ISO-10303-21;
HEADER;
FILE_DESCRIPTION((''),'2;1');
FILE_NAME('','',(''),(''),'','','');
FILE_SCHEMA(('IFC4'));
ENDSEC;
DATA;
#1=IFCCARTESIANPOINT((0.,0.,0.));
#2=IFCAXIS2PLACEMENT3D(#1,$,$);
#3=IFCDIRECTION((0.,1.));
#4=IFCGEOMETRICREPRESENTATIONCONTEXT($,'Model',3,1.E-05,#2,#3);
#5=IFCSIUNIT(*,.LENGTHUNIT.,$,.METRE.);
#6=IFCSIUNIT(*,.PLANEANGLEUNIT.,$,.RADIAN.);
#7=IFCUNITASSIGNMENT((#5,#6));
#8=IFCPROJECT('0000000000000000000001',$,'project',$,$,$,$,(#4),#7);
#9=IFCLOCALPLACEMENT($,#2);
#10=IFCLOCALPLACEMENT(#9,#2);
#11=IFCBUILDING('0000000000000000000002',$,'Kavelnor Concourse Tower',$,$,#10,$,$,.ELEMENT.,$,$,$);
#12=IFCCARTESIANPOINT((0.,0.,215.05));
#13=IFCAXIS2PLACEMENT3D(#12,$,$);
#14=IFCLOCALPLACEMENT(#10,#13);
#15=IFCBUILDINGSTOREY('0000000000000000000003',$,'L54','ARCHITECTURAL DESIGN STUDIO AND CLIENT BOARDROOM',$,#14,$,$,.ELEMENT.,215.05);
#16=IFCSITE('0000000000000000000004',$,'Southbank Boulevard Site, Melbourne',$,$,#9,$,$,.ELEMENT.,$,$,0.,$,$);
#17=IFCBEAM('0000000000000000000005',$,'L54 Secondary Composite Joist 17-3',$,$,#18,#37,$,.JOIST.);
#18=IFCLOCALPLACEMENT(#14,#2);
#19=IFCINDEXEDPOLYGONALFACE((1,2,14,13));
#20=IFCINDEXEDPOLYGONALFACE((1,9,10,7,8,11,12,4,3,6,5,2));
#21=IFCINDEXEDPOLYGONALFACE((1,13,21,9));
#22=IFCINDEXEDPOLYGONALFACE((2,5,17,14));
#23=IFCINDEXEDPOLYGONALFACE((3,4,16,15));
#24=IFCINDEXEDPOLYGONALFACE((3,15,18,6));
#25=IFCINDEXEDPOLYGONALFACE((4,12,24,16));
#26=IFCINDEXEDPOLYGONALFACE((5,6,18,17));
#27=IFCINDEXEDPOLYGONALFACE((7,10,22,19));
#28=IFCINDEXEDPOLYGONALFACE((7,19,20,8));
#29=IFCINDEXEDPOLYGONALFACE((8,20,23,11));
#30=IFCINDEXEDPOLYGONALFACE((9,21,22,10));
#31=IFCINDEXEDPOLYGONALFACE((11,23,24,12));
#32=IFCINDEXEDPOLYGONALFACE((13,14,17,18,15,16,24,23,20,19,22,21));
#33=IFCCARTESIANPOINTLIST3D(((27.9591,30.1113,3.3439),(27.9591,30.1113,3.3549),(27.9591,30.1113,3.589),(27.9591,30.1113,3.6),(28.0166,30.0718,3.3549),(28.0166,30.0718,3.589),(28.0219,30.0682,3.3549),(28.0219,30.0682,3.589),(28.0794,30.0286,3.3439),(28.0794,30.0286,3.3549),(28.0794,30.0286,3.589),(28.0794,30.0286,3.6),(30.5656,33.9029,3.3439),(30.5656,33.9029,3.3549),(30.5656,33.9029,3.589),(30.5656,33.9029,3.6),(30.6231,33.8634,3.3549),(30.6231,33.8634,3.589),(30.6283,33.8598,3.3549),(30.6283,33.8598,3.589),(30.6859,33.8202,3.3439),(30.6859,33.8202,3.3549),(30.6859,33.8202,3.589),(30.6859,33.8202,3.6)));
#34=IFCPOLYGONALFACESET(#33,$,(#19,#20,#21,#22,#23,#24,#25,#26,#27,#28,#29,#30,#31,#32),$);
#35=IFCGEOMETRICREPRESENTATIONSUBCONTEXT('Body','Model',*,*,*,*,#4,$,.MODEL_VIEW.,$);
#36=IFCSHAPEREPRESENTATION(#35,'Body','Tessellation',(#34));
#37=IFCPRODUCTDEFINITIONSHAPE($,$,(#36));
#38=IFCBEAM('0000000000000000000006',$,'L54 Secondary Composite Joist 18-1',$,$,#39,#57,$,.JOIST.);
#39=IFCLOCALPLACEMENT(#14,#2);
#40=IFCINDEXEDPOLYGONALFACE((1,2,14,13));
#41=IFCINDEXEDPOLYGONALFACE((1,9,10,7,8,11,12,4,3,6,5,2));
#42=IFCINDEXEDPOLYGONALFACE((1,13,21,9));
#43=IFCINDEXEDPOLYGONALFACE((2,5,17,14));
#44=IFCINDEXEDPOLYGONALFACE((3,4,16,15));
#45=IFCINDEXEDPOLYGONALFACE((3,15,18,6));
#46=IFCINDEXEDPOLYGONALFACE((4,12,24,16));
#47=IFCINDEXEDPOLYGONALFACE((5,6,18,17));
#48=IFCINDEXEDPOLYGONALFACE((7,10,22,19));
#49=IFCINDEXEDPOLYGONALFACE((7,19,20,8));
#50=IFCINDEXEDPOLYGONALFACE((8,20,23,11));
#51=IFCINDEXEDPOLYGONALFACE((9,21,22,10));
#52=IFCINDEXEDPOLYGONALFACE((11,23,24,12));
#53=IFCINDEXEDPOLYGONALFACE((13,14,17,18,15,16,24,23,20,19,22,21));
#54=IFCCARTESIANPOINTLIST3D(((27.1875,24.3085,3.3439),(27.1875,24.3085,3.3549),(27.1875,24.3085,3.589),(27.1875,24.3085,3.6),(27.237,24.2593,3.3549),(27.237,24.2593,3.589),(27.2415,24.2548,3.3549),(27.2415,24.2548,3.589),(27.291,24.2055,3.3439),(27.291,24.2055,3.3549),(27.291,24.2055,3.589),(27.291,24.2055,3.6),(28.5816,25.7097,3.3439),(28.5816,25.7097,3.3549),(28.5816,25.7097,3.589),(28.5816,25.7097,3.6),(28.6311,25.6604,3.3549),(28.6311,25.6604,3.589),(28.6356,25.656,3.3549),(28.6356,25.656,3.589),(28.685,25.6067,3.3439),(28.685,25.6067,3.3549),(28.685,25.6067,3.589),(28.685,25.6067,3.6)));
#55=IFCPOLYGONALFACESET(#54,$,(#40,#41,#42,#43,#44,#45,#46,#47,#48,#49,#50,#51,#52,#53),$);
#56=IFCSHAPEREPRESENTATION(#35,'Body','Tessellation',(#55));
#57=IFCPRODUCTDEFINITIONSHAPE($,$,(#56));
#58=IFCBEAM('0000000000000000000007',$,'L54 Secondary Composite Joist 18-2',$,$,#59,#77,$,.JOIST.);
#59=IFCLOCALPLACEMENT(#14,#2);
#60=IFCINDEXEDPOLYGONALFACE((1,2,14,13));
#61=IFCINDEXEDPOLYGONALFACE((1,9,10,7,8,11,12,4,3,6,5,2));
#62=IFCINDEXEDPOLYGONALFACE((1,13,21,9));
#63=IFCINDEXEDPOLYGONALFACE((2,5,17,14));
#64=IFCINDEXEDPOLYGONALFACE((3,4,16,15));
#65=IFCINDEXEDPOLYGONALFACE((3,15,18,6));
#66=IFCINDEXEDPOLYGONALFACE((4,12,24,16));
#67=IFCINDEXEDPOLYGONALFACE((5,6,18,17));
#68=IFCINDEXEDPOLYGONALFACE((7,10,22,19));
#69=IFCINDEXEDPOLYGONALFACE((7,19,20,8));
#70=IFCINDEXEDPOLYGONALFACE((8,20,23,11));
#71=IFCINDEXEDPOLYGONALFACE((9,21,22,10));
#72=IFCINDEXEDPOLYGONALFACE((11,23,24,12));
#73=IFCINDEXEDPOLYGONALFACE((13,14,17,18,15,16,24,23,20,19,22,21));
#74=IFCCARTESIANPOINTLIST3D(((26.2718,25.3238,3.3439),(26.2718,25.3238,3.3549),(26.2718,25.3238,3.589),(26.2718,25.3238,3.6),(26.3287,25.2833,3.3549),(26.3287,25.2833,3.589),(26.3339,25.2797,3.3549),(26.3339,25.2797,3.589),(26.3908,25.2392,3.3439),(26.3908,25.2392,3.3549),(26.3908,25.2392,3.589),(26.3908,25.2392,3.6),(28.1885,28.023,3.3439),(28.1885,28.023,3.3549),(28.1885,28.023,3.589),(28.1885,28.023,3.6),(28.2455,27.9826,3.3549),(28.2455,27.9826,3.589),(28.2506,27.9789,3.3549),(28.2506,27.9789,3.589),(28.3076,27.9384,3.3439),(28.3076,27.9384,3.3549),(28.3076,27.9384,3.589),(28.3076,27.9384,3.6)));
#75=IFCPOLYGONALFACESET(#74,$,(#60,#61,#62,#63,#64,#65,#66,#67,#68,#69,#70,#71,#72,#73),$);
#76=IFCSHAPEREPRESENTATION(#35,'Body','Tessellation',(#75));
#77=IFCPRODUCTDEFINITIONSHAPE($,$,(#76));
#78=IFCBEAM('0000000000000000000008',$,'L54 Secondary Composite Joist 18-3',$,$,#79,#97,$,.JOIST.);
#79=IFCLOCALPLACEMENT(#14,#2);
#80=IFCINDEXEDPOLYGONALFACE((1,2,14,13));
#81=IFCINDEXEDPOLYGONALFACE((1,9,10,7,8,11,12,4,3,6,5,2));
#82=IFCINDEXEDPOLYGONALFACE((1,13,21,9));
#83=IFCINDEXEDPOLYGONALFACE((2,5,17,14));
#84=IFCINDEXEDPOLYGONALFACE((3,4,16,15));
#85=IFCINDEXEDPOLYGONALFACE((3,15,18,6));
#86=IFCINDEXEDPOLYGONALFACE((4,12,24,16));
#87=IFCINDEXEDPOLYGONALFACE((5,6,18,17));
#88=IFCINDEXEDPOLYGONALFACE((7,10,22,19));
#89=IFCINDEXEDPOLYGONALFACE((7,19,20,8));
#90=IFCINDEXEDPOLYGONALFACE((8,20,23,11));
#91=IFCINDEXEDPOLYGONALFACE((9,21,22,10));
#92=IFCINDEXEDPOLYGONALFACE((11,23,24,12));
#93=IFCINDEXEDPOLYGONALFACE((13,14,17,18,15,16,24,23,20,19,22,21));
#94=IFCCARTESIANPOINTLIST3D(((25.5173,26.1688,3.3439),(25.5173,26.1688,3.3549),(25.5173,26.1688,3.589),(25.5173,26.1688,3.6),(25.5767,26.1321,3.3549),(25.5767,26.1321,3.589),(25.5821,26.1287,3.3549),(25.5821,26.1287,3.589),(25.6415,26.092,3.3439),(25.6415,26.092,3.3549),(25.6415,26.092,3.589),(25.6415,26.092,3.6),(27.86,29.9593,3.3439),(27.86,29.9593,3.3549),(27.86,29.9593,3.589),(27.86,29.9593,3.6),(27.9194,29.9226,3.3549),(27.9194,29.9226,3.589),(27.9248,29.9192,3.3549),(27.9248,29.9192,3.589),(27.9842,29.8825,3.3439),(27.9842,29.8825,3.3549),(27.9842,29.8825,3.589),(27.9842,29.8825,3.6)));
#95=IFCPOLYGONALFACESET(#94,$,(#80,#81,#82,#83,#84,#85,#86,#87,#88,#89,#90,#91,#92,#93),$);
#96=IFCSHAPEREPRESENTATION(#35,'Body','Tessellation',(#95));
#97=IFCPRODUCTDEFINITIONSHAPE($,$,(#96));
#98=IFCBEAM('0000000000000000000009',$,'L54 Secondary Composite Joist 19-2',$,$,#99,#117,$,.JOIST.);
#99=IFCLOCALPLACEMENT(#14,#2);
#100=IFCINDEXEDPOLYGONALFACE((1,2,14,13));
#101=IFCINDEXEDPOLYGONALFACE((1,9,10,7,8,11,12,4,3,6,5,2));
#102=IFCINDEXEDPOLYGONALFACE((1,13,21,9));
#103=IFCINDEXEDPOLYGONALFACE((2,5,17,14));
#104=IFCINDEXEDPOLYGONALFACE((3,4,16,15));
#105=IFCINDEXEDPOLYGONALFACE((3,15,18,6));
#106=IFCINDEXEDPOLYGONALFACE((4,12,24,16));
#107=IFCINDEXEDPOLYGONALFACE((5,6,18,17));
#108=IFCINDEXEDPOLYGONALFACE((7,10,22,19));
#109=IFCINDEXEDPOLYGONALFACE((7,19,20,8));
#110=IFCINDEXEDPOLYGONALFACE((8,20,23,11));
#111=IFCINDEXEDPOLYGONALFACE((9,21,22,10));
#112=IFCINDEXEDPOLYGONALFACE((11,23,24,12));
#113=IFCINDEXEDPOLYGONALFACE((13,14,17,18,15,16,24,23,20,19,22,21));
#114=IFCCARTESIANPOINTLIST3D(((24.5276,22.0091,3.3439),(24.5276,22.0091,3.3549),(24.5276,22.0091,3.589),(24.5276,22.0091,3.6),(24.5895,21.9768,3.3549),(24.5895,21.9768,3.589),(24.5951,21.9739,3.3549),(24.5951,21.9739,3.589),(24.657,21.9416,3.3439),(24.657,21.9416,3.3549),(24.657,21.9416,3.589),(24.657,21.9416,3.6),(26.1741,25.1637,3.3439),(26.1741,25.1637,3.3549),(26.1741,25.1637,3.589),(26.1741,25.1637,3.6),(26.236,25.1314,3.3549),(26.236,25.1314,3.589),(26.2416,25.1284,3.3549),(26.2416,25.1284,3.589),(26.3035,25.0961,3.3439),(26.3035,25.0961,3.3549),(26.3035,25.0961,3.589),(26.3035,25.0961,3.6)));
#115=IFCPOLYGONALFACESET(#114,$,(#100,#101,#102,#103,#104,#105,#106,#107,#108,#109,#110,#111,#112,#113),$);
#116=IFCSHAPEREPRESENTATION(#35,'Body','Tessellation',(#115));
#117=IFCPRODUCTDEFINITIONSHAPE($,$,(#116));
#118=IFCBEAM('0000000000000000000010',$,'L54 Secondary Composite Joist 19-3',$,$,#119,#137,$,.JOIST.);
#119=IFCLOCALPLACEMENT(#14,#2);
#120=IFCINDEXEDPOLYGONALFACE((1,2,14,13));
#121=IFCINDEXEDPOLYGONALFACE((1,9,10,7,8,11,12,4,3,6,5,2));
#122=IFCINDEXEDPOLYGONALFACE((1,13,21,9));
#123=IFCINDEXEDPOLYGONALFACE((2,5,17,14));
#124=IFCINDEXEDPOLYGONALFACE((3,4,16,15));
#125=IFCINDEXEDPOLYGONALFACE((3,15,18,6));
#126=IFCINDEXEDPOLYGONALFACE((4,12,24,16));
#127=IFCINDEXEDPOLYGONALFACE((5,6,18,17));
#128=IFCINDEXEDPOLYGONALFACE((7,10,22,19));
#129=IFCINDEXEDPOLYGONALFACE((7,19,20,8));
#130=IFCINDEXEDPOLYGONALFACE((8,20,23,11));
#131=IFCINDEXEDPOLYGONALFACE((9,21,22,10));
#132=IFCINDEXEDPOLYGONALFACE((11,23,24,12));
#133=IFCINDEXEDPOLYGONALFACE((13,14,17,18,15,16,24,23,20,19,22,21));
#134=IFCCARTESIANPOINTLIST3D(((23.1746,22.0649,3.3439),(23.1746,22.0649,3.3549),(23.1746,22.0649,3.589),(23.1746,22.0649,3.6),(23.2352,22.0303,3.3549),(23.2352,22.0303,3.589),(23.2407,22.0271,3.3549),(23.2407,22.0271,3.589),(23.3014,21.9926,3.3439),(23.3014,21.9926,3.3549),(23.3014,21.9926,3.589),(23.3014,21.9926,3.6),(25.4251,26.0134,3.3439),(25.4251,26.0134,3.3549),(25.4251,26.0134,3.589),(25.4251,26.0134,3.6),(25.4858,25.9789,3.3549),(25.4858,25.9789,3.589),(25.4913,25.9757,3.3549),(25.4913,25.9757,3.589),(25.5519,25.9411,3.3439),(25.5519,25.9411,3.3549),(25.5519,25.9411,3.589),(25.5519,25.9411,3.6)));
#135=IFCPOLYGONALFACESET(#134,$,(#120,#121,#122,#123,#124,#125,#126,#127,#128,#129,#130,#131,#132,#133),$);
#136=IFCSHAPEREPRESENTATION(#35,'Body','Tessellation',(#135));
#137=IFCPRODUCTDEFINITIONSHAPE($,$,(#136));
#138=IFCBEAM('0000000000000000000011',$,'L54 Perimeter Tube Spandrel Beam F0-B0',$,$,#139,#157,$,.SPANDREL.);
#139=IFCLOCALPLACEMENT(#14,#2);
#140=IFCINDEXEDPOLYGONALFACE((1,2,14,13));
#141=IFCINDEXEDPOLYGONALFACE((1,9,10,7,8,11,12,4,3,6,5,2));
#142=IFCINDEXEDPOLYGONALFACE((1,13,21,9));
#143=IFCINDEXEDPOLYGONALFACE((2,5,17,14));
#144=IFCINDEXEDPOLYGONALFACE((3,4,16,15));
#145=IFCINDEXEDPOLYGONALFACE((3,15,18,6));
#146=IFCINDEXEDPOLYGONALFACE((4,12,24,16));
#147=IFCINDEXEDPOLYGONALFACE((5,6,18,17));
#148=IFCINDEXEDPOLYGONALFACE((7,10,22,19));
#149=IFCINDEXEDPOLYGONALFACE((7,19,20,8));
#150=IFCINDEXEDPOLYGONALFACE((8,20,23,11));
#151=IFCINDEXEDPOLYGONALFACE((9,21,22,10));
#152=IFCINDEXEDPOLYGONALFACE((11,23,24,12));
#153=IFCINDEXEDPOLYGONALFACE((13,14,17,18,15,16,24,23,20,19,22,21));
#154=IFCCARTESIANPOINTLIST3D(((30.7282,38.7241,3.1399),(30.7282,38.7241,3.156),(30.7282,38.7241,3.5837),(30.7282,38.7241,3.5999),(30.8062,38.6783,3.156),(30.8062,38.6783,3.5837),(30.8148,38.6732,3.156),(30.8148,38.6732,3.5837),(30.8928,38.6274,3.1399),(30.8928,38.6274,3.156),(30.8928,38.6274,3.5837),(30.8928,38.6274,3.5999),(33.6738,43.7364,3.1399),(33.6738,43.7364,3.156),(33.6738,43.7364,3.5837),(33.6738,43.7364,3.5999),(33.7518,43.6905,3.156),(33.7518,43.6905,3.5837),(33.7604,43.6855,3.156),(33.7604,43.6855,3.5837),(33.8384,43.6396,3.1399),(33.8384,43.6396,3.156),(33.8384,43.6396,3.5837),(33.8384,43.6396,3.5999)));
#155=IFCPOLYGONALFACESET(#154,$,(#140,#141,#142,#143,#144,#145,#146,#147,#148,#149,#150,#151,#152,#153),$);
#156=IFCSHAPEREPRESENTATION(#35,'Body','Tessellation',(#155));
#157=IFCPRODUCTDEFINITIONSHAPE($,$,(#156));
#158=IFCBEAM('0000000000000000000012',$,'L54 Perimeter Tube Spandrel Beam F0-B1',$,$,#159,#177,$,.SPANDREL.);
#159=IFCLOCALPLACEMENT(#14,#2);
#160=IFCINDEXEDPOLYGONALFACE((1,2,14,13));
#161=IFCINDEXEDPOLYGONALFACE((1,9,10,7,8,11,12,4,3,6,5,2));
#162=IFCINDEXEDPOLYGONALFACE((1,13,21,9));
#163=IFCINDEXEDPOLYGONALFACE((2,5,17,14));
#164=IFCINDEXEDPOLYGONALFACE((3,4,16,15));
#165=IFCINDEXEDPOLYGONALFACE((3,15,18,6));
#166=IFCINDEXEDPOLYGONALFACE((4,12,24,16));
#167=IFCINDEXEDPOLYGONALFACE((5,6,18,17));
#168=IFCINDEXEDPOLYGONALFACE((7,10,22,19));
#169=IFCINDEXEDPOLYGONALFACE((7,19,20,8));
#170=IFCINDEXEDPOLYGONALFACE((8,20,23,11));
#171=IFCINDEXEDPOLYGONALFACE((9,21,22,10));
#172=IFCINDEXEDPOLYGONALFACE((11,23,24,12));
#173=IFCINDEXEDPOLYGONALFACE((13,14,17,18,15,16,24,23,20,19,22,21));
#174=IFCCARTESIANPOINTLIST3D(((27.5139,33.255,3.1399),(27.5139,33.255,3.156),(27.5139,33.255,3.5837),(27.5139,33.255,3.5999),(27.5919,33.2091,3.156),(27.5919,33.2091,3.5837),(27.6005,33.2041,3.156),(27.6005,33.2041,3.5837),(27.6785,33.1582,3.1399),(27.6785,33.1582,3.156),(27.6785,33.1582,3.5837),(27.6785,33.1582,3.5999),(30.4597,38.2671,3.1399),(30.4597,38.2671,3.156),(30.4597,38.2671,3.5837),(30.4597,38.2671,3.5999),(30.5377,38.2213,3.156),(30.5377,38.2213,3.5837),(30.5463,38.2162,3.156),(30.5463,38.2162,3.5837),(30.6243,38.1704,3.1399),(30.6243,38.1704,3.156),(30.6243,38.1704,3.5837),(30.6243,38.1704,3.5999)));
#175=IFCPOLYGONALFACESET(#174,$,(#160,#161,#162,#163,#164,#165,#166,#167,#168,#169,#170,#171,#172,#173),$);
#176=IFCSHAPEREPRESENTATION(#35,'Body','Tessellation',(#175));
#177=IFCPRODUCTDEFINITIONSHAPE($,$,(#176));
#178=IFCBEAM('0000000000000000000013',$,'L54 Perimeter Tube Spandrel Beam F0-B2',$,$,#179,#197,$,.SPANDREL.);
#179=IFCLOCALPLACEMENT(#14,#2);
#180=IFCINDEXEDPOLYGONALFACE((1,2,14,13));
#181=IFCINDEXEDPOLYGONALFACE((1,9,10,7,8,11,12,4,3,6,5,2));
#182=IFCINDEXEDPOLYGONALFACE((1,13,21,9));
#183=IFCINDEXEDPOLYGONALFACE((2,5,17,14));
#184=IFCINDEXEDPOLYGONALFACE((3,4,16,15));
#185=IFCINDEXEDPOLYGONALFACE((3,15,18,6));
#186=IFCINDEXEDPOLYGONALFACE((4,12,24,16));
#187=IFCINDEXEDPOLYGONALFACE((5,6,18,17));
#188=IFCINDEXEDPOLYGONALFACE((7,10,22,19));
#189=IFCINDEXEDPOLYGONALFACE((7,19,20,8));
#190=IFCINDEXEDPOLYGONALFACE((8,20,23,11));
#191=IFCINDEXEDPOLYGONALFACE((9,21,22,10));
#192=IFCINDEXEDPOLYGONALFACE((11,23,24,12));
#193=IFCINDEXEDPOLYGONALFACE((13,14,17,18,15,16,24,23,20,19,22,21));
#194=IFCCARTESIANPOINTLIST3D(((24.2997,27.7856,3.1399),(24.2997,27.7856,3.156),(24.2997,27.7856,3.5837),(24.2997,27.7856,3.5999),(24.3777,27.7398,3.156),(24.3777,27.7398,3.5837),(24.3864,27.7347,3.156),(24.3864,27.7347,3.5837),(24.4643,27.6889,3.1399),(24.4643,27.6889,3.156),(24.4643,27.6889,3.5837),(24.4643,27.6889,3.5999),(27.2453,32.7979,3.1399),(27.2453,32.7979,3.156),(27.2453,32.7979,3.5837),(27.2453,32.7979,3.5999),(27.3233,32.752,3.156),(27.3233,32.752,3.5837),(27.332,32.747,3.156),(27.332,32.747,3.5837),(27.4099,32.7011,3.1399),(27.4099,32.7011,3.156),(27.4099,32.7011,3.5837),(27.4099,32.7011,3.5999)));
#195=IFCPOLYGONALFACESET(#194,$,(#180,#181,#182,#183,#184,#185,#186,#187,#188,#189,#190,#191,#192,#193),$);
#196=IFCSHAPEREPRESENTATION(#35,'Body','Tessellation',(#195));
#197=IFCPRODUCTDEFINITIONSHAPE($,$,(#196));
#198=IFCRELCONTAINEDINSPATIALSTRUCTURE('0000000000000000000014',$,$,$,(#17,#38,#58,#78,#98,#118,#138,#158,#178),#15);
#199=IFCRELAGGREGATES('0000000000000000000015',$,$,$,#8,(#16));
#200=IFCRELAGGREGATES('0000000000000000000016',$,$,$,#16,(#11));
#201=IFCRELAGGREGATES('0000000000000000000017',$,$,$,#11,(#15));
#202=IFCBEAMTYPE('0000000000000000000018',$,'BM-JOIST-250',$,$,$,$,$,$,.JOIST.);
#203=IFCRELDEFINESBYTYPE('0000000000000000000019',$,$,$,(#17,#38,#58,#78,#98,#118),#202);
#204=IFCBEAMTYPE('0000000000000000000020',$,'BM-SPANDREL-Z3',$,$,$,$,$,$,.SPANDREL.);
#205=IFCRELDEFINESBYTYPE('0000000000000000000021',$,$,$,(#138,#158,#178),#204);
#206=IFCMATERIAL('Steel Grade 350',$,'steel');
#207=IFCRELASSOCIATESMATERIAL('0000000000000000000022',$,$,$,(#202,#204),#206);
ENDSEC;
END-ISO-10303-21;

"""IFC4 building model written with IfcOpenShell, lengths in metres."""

from ifc_helpers import new_model, si_unit, direction, frame, origin, origin_2d, place, context, subcontext, project, spatial, i_section, extrude, material, material_profile, profile_set, type_object, element, save


model = new_model("IFC4")

# Units and contexts
model_context = context("Model", 3, precision=1e-05, world=origin(), true_north=direction((0.0, 1.0)))
body_context = subcontext(model_context, "Body", "Model", "MODEL_VIEW")
ifc_project = project(units=[si_unit("LENGTHUNIT", "METRE"), si_unit("PLANEANGLEUNIT", "RADIAN")], contexts=[model_context])

# Site, building, storey
site_placement = place(None, origin())
site = spatial("IfcSite", under=ifc_project, at=site_placement, Name="Southbank Boulevard Site, Melbourne", CompositionType="ELEMENT", RefElevation=0.0)
building_placement = place(site_placement, origin())
building = spatial("IfcBuilding", under=site, at=building_placement, Name="Kavelnor Concourse Tower", CompositionType="ELEMENT")
storey_placement = place(building_placement, frame((0.0, 0.0, 215.05)))
storey = spatial("IfcBuildingStorey", under=building, at=storey_placement, Name="L54", Description="ARCHITECTURAL DESIGN STUDIO AND CLIENT BOARDROOM", CompositionType="ELEMENT", Elevation=215.05)

# Shared definitions
ifc_material_1 = material(Name="Steel Grade 350", Category="steel")

# Beams
ifc_material_profile_1 = material_profile(ifc_material_1, i_section(OverallWidth=0.146, OverallDepth=0.2561, WebThickness=0.0063, FlangeThickness=0.011, at=origin_2d()), Name="250UB37")
ifc_profile_set_1 = profile_set([ifc_material_profile_1], Name="Steel Grade 350")
beam_type_1 = type_object("IfcBeamType", Name="BM-JOIST-250", PredefinedType="JOIST", material=ifc_profile_set_1)
beam_1_placement = place(storey_placement, frame((30.6257, 33.8616, 3.4719), z_axis=(-0.566497, -0.824064, 0.0), x_axis=(0.824064, -0.566497, 0.0)))
element("IfcBeam", 1, at=beam_1_placement, inside=storey, type_object=beam_type_1, Name="L54 Secondary Composite Joist 17-3", PredefinedType="JOIST", context=body_context, shape_type="SweptSolid", body=[
    extrude(i_section(OverallWidth=0.146, OverallDepth=0.2561, WebThickness=0.0063, FlangeThickness=0.011, at=origin_2d()), origin(), (0.0, 0.0, 1.0), 4.6011),
])
beam_2_placement = place(storey_placement, frame((28.6333, 25.6582, 3.4719), z_axis=(-0.705313, -0.708896, 0.0), x_axis=(0.708896, -0.705313, 0.0)))
element("IfcBeam", 2, at=beam_2_placement, inside=storey, type_object=beam_type_1, Name="L54 Secondary Composite Joist 18-1", PredefinedType="JOIST", context=body_context, shape_type="SweptSolid", body=[
    extrude(i_section(OverallWidth=0.146, OverallDepth=0.2561, WebThickness=0.0063, FlangeThickness=0.011, at=origin_2d()), origin(), (0.0, 0.0, 1.0), 1.9766),
])
beam_3_placement = place(storey_placement, frame((28.248, 27.9807, 3.4719), z_axis=(-0.578983, -0.81534, 0.0), x_axis=(0.81534, -0.578983, 0.0)))
element("IfcBeam", 3, at=beam_3_placement, inside=storey, type_object=beam_type_1, Name="L54 Secondary Composite Joist 18-2", PredefinedType="JOIST", context=body_context, shape_type="SweptSolid", body=[
    extrude(i_section(OverallWidth=0.146, OverallDepth=0.2561, WebThickness=0.0063, FlangeThickness=0.011, at=origin_2d()), origin(), (0.0, 0.0, 1.0), 3.3105),
])
beam_4_placement = place(storey_placement, frame((27.9221, 29.9209, 3.4719), z_axis=(-0.525747, -0.850641, 0.0), x_axis=(0.850641, -0.525747, 0.0)))
element("IfcBeam", 4, at=beam_4_placement, inside=storey, type_object=beam_type_1, Name="L54 Secondary Composite Joist 18-3", PredefinedType="JOIST", context=body_context, shape_type="SweptSolid", body=[
    extrude(i_section(OverallWidth=0.146, OverallDepth=0.2561, WebThickness=0.0063, FlangeThickness=0.011, at=origin_2d()), origin(), (0.0, 0.0, 1.0), 4.4561),
])
beam_5_placement = place(storey_placement, frame((26.2388, 25.1299, 3.4719), z_axis=(-0.462707, -0.886511, 0.0), x_axis=(0.886511, -0.462707, 0.0)))
element("IfcBeam", 5, at=beam_5_placement, inside=storey, type_object=beam_type_1, Name="L54 Secondary Composite Joist 19-2", PredefinedType="JOIST", context=body_context, shape_type="SweptSolid", body=[
    extrude(i_section(OverallWidth=0.146, OverallDepth=0.2561, WebThickness=0.0063, FlangeThickness=0.011, at=origin_2d()), origin(), (0.0, 0.0, 1.0), 3.5583),
])
beam_6_placement = place(storey_placement, frame((25.4885, 25.9773, 3.4719), z_axis=(-0.495178, -0.868791, 0.0), x_axis=(0.868791, -0.495178, 0.0)))
element("IfcBeam", 6, at=beam_6_placement, inside=storey, type_object=beam_type_1, Name="L54 Secondary Composite Joist 19-3", PredefinedType="JOIST", context=body_context, shape_type="SweptSolid", body=[
    extrude(i_section(OverallWidth=0.146, OverallDepth=0.2561, WebThickness=0.0063, FlangeThickness=0.011, at=origin_2d()), origin(), (0.0, 0.0, 1.0), 4.5449),
])
ifc_material_profile_2 = material_profile(ifc_material_1, i_section(OverallWidth=0.1909, OverallDepth=0.46, WebThickness=0.01, FlangeThickness=0.0161, at=origin_2d()), Name="460UB82")
ifc_profile_set_2 = profile_set([ifc_material_profile_2], Name="Steel Grade 350")
beam_type_2 = type_object("IfcBeamType", Name="BM-SPANDREL-Z3", PredefinedType="SPANDREL", material=ifc_profile_set_2)
for number, where, z_axis, x_axis, name in (
    (7, (33.7561, 43.688, 3.3699), (-0.506662, -0.862145, 0.0), (0.862145, -0.506662, 0.0), "L54 Perimeter Tube Spandrel Beam F0-B0"),
    (8, (30.542, 38.2188, 3.3699), (-0.506693, -0.862126, 0.0), (0.862126, -0.506693, 0.0), "L54 Perimeter Tube Spandrel Beam F0-B1"),
    (9, (27.3276, 32.7495, 3.3699), (-0.506662, -0.862145, 0.0), (0.862145, -0.506662, 0.0), "L54 Perimeter Tube Spandrel Beam F0-B2"),
):
    element("IfcBeam", number, at=place(storey_placement, frame(where, z_axis=z_axis, x_axis=x_axis)), inside=storey, type_object=beam_type_2, Name=name, PredefinedType="SPANDREL", context=body_context, shape_type="SweptSolid", body=[
        extrude(i_section(OverallWidth=0.1909, OverallDepth=0.46, WebThickness=0.01, FlangeThickness=0.0161, at=origin_2d()), origin(), (0.0, 0.0, 1.0), 5.8137),
    ])

save(model, "model.ifc")
